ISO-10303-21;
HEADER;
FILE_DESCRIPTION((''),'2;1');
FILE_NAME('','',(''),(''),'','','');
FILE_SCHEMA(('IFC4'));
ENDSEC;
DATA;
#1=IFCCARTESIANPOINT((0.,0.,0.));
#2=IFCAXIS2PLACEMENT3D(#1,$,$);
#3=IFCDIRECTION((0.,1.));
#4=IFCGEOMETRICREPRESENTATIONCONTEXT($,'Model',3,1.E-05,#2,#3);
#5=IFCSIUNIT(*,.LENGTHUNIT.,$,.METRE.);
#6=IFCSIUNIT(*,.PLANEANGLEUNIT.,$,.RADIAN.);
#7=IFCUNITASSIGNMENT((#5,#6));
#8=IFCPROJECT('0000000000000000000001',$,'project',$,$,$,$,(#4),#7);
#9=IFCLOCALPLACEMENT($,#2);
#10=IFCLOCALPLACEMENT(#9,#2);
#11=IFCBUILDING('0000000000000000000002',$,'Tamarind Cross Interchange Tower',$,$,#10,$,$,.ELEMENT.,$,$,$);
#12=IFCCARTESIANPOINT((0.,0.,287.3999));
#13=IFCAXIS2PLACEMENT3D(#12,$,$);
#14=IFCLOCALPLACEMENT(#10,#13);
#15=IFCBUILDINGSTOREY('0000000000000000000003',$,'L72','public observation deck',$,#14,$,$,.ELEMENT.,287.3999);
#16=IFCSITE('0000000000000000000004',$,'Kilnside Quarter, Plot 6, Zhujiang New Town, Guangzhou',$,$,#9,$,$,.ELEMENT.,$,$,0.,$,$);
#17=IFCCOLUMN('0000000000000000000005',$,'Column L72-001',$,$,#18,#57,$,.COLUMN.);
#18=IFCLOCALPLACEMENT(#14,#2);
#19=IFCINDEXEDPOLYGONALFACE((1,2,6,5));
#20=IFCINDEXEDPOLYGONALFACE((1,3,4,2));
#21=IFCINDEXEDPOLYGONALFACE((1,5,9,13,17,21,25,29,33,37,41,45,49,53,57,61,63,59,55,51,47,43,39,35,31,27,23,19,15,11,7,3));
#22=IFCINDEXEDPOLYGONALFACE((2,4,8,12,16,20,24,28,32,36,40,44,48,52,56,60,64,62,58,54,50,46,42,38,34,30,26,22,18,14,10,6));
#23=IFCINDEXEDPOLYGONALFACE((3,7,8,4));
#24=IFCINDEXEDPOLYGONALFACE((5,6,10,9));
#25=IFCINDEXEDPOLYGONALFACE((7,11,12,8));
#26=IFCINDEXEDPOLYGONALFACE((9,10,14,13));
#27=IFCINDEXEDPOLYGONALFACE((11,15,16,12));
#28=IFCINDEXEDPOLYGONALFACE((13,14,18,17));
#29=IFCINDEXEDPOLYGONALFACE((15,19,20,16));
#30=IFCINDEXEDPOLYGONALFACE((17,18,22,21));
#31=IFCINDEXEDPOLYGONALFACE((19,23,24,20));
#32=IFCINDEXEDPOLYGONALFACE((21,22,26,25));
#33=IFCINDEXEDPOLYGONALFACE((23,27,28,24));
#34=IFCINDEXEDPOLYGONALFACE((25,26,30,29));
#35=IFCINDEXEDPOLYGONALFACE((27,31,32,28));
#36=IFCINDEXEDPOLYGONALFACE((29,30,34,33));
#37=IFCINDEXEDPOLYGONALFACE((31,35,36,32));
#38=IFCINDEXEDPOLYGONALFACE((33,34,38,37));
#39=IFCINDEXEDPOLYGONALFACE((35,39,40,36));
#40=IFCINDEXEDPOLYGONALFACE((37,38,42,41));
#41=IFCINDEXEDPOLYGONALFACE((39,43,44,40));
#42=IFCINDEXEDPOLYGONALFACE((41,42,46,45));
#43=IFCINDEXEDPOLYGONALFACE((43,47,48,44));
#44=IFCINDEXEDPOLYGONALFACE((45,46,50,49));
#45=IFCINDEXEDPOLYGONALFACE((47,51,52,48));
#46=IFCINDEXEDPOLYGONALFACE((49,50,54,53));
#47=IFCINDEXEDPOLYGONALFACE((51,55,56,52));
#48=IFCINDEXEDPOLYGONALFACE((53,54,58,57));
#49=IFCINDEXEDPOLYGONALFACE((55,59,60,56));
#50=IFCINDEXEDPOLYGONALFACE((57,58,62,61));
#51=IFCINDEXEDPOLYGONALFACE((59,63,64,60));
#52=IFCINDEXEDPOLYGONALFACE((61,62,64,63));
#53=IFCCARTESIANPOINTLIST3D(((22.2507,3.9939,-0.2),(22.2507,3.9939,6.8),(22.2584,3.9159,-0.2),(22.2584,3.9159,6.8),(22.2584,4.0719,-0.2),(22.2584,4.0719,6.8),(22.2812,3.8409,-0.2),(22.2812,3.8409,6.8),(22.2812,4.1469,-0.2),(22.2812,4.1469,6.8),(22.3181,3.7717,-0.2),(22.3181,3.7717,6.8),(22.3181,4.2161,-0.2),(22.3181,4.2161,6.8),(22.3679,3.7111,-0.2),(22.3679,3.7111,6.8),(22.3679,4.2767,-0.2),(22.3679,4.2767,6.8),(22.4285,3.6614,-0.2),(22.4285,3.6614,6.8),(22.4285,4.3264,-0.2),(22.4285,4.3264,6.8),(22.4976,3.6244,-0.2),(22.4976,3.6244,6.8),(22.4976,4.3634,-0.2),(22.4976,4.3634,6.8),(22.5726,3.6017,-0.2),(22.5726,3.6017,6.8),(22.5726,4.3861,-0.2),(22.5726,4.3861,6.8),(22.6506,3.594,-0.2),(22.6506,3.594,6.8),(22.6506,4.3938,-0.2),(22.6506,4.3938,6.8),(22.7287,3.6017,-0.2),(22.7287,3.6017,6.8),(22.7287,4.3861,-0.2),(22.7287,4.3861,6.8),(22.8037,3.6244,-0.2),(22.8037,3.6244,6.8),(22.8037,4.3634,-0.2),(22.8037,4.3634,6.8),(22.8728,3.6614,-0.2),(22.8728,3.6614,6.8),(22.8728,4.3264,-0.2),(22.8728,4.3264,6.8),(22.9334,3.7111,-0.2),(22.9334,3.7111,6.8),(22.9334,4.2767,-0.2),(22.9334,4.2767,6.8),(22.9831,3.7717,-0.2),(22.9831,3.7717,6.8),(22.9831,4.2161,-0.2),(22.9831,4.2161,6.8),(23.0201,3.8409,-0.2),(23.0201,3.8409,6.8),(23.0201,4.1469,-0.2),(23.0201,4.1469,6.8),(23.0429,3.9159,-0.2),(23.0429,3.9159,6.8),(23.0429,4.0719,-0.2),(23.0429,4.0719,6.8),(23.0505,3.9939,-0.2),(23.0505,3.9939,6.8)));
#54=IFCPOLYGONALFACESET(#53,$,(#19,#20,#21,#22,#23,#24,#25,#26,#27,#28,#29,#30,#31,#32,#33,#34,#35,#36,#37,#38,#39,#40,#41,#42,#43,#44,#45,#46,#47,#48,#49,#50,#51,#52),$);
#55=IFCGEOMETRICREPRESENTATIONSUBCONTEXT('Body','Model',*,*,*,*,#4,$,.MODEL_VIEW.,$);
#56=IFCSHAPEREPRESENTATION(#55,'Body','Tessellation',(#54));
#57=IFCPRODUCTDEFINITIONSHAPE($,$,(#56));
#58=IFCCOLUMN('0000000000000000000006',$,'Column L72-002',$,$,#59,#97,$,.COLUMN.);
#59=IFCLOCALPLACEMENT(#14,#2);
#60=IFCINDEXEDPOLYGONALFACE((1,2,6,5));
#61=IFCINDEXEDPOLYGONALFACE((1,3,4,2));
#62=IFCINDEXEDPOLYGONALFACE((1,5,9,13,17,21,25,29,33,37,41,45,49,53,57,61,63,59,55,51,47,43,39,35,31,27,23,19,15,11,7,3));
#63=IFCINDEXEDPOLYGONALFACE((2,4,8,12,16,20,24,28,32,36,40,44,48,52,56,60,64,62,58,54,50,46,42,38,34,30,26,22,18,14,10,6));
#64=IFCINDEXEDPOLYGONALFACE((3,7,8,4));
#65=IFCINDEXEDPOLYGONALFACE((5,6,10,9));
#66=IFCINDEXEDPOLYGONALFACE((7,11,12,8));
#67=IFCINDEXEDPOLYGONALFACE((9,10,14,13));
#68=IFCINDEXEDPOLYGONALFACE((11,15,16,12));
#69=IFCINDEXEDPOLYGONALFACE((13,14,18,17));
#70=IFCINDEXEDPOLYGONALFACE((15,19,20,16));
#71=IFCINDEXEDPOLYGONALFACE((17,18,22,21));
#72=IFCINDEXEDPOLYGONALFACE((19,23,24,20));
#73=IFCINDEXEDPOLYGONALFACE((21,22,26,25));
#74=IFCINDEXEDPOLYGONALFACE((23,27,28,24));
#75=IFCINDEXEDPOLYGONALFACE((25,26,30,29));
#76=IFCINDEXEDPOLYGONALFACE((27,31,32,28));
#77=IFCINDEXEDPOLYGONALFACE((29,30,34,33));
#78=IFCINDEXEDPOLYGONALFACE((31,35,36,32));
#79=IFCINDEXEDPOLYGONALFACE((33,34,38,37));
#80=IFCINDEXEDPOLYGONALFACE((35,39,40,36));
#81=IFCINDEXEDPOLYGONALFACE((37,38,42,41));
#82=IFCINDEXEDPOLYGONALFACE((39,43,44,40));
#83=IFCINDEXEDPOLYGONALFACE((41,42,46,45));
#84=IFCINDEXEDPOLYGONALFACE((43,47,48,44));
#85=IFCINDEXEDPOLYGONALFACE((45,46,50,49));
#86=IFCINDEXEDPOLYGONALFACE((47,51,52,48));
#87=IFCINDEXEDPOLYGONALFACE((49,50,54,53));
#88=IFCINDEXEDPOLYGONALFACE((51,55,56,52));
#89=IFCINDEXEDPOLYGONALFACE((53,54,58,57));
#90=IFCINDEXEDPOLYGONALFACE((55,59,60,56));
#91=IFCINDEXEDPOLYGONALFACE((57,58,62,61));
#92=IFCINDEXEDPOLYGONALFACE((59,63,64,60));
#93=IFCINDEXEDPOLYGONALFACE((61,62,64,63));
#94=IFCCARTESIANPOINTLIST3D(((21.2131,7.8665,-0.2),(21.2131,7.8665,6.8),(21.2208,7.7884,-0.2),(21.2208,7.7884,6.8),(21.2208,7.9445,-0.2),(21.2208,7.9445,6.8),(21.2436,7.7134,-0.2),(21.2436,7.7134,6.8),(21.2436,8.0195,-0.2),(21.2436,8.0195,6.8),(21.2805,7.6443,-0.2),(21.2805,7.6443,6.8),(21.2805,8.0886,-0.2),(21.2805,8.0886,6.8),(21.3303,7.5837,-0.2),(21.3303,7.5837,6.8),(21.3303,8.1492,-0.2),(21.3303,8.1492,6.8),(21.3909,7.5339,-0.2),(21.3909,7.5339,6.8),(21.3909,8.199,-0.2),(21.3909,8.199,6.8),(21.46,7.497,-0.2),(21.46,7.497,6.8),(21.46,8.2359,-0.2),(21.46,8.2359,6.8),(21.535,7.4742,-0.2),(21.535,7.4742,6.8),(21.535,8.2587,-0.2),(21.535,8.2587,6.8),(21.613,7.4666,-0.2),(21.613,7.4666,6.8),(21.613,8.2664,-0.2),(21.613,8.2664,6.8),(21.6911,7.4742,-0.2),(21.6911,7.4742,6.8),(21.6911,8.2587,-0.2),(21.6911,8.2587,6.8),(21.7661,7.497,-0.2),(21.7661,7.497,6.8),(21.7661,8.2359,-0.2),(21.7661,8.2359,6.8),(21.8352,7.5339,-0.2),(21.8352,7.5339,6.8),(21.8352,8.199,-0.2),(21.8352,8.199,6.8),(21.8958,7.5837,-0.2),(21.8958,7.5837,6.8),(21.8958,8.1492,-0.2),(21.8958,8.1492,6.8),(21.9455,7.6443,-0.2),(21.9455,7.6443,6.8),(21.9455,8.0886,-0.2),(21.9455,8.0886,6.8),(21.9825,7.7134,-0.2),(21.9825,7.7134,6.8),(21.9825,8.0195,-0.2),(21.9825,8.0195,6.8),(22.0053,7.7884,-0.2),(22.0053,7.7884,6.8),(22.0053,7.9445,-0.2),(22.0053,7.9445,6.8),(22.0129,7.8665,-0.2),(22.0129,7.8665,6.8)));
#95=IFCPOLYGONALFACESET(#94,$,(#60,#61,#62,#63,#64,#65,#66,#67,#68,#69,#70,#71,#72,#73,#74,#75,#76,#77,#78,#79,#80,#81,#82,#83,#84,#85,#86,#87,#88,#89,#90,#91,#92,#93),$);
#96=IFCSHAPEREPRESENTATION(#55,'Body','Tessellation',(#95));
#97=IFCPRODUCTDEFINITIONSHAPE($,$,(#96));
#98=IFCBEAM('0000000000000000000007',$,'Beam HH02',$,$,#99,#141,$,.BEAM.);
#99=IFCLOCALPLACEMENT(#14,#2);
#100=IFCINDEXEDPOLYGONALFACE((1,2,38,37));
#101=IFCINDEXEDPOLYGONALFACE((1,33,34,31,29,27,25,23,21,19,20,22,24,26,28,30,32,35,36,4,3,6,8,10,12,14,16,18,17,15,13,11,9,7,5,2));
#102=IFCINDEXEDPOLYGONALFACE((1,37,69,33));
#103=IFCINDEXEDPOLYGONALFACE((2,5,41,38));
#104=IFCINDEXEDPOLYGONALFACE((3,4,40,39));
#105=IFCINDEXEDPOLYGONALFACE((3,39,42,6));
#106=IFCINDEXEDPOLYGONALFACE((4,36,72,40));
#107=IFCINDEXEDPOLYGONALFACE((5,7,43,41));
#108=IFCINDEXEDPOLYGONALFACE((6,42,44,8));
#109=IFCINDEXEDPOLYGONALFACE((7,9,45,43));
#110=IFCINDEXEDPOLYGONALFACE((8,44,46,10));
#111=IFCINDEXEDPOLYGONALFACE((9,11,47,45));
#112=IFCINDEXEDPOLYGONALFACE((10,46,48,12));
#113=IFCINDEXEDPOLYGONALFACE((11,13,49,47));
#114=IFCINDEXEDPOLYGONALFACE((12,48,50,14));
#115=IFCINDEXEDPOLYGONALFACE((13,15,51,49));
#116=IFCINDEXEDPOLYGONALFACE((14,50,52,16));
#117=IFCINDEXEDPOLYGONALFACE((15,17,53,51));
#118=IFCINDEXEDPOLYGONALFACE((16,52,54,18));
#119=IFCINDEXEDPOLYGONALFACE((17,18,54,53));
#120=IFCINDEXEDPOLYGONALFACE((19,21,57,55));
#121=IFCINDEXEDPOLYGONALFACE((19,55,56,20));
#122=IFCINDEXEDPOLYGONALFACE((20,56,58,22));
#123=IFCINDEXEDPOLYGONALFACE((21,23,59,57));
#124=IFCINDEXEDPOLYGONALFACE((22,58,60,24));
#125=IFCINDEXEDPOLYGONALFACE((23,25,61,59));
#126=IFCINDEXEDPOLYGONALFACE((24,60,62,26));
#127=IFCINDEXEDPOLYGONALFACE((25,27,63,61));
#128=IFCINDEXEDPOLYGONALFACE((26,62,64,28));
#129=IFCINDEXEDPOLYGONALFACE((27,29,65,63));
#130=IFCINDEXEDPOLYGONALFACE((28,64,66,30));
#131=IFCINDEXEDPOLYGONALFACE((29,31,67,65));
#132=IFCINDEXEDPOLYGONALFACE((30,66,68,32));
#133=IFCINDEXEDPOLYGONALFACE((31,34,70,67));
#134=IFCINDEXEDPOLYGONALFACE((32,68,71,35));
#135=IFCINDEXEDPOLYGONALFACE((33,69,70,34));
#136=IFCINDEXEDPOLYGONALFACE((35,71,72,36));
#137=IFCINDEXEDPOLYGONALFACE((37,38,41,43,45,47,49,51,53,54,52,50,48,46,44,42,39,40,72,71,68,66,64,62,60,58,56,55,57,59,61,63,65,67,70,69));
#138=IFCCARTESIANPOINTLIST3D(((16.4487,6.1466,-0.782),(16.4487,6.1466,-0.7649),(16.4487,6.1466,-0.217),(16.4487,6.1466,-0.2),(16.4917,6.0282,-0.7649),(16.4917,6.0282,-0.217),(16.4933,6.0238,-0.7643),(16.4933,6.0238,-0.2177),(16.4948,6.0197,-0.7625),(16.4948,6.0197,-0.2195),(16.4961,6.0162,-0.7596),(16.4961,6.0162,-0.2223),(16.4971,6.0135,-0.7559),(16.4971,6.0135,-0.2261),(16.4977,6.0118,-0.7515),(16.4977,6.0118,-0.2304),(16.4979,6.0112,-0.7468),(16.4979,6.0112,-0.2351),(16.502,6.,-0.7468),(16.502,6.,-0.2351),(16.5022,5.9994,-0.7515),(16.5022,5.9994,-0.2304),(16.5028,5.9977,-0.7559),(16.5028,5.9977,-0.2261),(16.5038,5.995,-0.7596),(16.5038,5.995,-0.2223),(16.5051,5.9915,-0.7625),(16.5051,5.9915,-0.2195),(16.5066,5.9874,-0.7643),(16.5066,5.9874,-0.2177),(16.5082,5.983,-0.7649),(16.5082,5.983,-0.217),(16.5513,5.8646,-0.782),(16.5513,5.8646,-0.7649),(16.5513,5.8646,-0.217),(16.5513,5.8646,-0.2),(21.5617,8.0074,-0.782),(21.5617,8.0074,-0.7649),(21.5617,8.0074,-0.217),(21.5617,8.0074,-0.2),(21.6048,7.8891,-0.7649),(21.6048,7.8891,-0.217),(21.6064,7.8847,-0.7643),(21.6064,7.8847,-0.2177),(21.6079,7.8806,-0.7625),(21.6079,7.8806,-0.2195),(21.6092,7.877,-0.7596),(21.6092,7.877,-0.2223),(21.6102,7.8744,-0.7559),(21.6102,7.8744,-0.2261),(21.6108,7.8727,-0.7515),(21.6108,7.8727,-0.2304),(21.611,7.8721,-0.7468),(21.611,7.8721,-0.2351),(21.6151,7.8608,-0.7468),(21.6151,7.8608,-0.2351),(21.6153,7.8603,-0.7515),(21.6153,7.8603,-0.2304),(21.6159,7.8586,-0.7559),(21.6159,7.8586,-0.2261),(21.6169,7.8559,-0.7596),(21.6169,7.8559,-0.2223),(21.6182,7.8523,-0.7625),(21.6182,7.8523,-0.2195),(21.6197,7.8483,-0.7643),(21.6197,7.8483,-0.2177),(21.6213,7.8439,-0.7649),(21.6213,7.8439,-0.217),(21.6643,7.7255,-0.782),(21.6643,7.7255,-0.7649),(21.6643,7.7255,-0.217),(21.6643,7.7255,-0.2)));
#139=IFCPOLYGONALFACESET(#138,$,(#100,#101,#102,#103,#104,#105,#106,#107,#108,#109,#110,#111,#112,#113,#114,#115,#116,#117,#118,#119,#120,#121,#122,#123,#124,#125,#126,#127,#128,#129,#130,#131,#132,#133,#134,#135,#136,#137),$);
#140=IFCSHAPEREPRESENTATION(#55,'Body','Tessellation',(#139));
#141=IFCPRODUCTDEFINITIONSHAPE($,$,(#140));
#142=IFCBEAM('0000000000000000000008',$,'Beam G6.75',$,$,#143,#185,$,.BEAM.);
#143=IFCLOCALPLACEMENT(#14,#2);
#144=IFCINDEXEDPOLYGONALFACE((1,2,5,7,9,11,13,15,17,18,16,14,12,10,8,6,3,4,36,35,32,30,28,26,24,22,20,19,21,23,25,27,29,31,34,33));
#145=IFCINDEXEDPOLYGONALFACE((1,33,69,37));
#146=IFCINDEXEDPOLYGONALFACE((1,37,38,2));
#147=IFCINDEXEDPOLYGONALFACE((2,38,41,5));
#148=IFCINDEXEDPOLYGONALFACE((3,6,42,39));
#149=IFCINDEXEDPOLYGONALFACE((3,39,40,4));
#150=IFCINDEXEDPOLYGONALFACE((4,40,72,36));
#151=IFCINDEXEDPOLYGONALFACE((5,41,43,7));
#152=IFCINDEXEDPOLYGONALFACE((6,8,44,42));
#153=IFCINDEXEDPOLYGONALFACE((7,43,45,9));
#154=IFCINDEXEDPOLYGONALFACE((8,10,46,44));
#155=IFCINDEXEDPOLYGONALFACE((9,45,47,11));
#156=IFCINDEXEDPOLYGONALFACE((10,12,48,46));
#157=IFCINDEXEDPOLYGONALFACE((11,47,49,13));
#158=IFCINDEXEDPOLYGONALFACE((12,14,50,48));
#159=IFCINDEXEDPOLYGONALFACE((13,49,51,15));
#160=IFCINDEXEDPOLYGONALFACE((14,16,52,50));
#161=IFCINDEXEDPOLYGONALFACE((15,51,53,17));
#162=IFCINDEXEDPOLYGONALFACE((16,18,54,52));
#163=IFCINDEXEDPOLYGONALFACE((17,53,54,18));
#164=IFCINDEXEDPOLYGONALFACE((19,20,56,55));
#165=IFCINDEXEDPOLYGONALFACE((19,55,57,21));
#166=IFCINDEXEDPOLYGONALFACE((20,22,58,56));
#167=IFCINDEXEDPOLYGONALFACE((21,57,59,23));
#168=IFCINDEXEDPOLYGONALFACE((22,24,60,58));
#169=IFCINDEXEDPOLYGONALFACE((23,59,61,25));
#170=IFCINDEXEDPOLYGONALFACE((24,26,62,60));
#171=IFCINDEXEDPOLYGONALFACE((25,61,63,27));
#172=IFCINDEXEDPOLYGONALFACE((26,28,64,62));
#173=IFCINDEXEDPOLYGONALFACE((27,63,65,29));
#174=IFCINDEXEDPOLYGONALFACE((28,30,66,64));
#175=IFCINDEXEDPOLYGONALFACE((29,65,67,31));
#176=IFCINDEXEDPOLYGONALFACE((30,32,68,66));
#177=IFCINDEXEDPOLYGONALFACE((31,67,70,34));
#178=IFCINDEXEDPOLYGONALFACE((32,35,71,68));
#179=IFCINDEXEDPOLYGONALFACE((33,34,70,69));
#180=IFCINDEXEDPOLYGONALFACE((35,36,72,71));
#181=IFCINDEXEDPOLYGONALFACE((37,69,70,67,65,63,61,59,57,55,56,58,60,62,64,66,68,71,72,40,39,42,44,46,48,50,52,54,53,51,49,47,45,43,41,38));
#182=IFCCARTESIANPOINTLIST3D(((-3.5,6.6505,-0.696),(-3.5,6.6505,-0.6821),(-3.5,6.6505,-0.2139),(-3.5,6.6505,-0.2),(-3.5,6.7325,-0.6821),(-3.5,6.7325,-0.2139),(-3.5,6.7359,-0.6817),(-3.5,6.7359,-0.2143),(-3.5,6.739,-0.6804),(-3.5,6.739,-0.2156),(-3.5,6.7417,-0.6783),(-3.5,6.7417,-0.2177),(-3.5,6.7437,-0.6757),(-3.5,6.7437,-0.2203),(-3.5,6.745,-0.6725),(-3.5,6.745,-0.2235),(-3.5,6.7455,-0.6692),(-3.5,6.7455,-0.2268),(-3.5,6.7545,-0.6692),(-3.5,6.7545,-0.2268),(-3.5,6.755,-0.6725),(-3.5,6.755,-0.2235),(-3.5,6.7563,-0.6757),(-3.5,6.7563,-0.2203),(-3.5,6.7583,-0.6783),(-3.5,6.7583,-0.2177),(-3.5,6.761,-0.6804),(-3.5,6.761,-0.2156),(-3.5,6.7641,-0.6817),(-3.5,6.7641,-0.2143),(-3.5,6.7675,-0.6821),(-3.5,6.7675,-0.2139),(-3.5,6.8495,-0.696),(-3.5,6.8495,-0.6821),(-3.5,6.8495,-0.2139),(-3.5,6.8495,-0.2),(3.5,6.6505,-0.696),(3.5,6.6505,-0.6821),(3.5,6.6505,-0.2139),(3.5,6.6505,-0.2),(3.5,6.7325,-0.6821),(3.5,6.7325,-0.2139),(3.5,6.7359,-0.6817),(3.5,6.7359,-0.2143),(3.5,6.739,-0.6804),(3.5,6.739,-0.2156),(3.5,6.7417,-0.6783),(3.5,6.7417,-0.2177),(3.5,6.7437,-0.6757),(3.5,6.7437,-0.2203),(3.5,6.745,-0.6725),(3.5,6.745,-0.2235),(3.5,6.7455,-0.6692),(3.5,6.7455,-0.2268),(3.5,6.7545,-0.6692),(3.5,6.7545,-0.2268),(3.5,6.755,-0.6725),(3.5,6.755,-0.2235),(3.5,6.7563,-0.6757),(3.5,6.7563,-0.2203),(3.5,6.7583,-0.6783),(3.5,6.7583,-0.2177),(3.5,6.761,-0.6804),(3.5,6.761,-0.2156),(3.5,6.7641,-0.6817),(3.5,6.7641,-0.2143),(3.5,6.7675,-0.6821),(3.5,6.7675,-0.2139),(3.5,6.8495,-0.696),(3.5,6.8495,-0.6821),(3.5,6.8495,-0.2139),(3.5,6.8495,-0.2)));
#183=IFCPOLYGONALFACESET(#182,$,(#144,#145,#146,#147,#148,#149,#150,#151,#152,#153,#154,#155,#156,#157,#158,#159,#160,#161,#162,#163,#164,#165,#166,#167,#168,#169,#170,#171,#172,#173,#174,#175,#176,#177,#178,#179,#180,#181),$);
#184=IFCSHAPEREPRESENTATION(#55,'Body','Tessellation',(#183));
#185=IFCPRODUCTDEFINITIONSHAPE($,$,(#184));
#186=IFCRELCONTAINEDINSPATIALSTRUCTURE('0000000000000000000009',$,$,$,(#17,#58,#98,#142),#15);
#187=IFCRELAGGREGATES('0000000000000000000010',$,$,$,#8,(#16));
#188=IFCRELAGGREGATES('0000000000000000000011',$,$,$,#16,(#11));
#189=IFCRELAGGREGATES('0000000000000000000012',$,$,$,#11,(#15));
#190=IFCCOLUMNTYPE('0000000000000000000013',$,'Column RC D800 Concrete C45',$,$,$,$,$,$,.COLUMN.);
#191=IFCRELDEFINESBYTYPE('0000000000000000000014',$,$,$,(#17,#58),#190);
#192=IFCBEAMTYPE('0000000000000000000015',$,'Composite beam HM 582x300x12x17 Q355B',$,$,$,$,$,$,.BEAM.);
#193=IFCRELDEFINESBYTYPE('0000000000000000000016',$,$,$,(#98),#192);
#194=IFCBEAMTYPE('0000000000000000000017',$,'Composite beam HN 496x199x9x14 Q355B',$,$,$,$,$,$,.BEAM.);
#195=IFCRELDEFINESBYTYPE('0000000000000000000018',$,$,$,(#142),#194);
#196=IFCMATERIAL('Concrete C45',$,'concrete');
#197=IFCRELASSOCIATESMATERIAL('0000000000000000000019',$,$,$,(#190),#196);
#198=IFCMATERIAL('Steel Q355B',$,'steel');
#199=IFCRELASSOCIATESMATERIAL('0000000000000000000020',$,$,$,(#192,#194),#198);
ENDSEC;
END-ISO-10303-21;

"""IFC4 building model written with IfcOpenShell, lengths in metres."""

from ifc_helpers import new_model, si_unit, direction, frame, origin, origin_2d, place, context, subcontext, project, spatial, circle, i_section, extrude, material, material_profile, profile_set, type_object, element, save


model = new_model("IFC4")

# Units and contexts
model_context = context("Model", 3, precision=1e-05, world=origin(), true_north=direction((0.0, 1.0)))
body_context = subcontext(model_context, "Body", "Model", "MODEL_VIEW")
ifc_project = project(units=[si_unit("LENGTHUNIT", "METRE"), si_unit("PLANEANGLEUNIT", "RADIAN")], contexts=[model_context])

# Site, building, storey
site_placement = place(None, origin())
site = spatial("IfcSite", under=ifc_project, at=site_placement, Name="Kilnside Quarter, Plot 6, Zhujiang New Town, Guangzhou", CompositionType="ELEMENT", RefElevation=0.0)
building_placement = place(site_placement, origin())
building = spatial("IfcBuilding", under=site, at=building_placement, Name="Tamarind Cross Interchange Tower", CompositionType="ELEMENT")
storey_placement = place(building_placement, frame((0.0, 0.0, 287.3999)))
storey = spatial("IfcBuildingStorey", under=building, at=storey_placement, Name="L72", Description="public observation deck", CompositionType="ELEMENT", Elevation=287.3999)

# Columns
ifc_material_1 = material(Name="Concrete C45", Category="concrete")
ifc_material_profile_1 = material_profile(ifc_material_1, circle(Radius=0.3999, at=origin_2d()), Name="RC D800")
ifc_profile_set_1 = profile_set([ifc_material_profile_1], Name="Concrete C45")
column_type = type_object("IfcColumnType", Name="Column RC D800 Concrete C45", PredefinedType="COLUMN", material=ifc_profile_set_1)
for number, where, z_axis, x_axis, name in (
    (1, (22.6506, 3.9939, -0.2), (0.0, 0.0, 1.0), (1.0, 0.0, 0.0), "Column L72-001"),
    (2, (21.613, 7.8665, -0.2), (0.0, 0.0, 1.0), (1.0, 0.0, 0.0), "Column L72-002"),
):
    element("IfcColumn", number, at=place(storey_placement, frame(where, z_axis=z_axis, x_axis=x_axis)), inside=storey, type_object=column_type, Name=name, PredefinedType="COLUMN", context=body_context, shape_type="SweptSolid", body=[
        extrude(circle(Radius=0.3999, at=origin_2d()), origin(), (0.0, 0.0, 1.0), 7.0),
    ])

# Beams
ifc_material_2 = material(Name="Steel Q355B", Category="steel")
ifc_material_profile_2 = material_profile(ifc_material_2, i_section(OverallWidth=0.3, OverallDepth=0.582, WebThickness=0.012, FlangeThickness=0.0171, FilletRadius=0.0181, at=origin_2d()), Name="HM 582x300x12x17")
ifc_profile_set_2 = profile_set([ifc_material_profile_2], Name="Steel Q355B")
beam_type_1 = type_object("IfcBeamType", Name="Composite beam HM 582x300x12x17 Q355B", PredefinedType="BEAM", material=ifc_profile_set_2)
beam_1_placement = place(storey_placement, frame((21.613, 7.8665, -0.491), z_axis=(-0.939702, -0.341995, 0.0), x_axis=(0.341995, -0.939702, 0.0)))
element("IfcBeam", 3, at=beam_1_placement, inside=storey, type_object=beam_type_1, Name="Beam HH02", PredefinedType="BEAM", context=body_context, shape_type="SweptSolid", body=[
    extrude(i_section(OverallWidth=0.3, OverallDepth=0.582, WebThickness=0.012, FlangeThickness=0.0171, FilletRadius=0.0181, at=origin_2d()), origin(), (0.0, 0.0, 1.0), 5.4412),
])
ifc_material_profile_3 = material_profile(ifc_material_2, i_section(OverallWidth=0.199, OverallDepth=0.4961, WebThickness=0.009, FlangeThickness=0.0139, FilletRadius=0.0129, at=origin_2d()), Name="HN 496x199x9x14")
ifc_profile_set_3 = profile_set([ifc_material_profile_3], Name="Steel Q355B")
beam_type_2 = type_object("IfcBeamType", Name="Composite beam HN 496x199x9x14 Q355B", PredefinedType="BEAM", material=ifc_profile_set_3)
beam_2_placement = place(storey_placement, frame((-3.5, 6.75, -0.448), z_axis=(1.0, 0.0, 0.0), x_axis=(0.0, 1.0, 0.0)))
element("IfcBeam", 4, at=beam_2_placement, inside=storey, type_object=beam_type_2, Name="Beam G6.75", PredefinedType="BEAM", context=body_context, shape_type="SweptSolid", body=[
    extrude(i_section(OverallWidth=0.199, OverallDepth=0.4961, WebThickness=0.009, FlangeThickness=0.0139, FilletRadius=0.0129, at=origin_2d()), origin(), (0.0, 0.0, 1.0), 7.0),
])

save(model, "model.ifc")
